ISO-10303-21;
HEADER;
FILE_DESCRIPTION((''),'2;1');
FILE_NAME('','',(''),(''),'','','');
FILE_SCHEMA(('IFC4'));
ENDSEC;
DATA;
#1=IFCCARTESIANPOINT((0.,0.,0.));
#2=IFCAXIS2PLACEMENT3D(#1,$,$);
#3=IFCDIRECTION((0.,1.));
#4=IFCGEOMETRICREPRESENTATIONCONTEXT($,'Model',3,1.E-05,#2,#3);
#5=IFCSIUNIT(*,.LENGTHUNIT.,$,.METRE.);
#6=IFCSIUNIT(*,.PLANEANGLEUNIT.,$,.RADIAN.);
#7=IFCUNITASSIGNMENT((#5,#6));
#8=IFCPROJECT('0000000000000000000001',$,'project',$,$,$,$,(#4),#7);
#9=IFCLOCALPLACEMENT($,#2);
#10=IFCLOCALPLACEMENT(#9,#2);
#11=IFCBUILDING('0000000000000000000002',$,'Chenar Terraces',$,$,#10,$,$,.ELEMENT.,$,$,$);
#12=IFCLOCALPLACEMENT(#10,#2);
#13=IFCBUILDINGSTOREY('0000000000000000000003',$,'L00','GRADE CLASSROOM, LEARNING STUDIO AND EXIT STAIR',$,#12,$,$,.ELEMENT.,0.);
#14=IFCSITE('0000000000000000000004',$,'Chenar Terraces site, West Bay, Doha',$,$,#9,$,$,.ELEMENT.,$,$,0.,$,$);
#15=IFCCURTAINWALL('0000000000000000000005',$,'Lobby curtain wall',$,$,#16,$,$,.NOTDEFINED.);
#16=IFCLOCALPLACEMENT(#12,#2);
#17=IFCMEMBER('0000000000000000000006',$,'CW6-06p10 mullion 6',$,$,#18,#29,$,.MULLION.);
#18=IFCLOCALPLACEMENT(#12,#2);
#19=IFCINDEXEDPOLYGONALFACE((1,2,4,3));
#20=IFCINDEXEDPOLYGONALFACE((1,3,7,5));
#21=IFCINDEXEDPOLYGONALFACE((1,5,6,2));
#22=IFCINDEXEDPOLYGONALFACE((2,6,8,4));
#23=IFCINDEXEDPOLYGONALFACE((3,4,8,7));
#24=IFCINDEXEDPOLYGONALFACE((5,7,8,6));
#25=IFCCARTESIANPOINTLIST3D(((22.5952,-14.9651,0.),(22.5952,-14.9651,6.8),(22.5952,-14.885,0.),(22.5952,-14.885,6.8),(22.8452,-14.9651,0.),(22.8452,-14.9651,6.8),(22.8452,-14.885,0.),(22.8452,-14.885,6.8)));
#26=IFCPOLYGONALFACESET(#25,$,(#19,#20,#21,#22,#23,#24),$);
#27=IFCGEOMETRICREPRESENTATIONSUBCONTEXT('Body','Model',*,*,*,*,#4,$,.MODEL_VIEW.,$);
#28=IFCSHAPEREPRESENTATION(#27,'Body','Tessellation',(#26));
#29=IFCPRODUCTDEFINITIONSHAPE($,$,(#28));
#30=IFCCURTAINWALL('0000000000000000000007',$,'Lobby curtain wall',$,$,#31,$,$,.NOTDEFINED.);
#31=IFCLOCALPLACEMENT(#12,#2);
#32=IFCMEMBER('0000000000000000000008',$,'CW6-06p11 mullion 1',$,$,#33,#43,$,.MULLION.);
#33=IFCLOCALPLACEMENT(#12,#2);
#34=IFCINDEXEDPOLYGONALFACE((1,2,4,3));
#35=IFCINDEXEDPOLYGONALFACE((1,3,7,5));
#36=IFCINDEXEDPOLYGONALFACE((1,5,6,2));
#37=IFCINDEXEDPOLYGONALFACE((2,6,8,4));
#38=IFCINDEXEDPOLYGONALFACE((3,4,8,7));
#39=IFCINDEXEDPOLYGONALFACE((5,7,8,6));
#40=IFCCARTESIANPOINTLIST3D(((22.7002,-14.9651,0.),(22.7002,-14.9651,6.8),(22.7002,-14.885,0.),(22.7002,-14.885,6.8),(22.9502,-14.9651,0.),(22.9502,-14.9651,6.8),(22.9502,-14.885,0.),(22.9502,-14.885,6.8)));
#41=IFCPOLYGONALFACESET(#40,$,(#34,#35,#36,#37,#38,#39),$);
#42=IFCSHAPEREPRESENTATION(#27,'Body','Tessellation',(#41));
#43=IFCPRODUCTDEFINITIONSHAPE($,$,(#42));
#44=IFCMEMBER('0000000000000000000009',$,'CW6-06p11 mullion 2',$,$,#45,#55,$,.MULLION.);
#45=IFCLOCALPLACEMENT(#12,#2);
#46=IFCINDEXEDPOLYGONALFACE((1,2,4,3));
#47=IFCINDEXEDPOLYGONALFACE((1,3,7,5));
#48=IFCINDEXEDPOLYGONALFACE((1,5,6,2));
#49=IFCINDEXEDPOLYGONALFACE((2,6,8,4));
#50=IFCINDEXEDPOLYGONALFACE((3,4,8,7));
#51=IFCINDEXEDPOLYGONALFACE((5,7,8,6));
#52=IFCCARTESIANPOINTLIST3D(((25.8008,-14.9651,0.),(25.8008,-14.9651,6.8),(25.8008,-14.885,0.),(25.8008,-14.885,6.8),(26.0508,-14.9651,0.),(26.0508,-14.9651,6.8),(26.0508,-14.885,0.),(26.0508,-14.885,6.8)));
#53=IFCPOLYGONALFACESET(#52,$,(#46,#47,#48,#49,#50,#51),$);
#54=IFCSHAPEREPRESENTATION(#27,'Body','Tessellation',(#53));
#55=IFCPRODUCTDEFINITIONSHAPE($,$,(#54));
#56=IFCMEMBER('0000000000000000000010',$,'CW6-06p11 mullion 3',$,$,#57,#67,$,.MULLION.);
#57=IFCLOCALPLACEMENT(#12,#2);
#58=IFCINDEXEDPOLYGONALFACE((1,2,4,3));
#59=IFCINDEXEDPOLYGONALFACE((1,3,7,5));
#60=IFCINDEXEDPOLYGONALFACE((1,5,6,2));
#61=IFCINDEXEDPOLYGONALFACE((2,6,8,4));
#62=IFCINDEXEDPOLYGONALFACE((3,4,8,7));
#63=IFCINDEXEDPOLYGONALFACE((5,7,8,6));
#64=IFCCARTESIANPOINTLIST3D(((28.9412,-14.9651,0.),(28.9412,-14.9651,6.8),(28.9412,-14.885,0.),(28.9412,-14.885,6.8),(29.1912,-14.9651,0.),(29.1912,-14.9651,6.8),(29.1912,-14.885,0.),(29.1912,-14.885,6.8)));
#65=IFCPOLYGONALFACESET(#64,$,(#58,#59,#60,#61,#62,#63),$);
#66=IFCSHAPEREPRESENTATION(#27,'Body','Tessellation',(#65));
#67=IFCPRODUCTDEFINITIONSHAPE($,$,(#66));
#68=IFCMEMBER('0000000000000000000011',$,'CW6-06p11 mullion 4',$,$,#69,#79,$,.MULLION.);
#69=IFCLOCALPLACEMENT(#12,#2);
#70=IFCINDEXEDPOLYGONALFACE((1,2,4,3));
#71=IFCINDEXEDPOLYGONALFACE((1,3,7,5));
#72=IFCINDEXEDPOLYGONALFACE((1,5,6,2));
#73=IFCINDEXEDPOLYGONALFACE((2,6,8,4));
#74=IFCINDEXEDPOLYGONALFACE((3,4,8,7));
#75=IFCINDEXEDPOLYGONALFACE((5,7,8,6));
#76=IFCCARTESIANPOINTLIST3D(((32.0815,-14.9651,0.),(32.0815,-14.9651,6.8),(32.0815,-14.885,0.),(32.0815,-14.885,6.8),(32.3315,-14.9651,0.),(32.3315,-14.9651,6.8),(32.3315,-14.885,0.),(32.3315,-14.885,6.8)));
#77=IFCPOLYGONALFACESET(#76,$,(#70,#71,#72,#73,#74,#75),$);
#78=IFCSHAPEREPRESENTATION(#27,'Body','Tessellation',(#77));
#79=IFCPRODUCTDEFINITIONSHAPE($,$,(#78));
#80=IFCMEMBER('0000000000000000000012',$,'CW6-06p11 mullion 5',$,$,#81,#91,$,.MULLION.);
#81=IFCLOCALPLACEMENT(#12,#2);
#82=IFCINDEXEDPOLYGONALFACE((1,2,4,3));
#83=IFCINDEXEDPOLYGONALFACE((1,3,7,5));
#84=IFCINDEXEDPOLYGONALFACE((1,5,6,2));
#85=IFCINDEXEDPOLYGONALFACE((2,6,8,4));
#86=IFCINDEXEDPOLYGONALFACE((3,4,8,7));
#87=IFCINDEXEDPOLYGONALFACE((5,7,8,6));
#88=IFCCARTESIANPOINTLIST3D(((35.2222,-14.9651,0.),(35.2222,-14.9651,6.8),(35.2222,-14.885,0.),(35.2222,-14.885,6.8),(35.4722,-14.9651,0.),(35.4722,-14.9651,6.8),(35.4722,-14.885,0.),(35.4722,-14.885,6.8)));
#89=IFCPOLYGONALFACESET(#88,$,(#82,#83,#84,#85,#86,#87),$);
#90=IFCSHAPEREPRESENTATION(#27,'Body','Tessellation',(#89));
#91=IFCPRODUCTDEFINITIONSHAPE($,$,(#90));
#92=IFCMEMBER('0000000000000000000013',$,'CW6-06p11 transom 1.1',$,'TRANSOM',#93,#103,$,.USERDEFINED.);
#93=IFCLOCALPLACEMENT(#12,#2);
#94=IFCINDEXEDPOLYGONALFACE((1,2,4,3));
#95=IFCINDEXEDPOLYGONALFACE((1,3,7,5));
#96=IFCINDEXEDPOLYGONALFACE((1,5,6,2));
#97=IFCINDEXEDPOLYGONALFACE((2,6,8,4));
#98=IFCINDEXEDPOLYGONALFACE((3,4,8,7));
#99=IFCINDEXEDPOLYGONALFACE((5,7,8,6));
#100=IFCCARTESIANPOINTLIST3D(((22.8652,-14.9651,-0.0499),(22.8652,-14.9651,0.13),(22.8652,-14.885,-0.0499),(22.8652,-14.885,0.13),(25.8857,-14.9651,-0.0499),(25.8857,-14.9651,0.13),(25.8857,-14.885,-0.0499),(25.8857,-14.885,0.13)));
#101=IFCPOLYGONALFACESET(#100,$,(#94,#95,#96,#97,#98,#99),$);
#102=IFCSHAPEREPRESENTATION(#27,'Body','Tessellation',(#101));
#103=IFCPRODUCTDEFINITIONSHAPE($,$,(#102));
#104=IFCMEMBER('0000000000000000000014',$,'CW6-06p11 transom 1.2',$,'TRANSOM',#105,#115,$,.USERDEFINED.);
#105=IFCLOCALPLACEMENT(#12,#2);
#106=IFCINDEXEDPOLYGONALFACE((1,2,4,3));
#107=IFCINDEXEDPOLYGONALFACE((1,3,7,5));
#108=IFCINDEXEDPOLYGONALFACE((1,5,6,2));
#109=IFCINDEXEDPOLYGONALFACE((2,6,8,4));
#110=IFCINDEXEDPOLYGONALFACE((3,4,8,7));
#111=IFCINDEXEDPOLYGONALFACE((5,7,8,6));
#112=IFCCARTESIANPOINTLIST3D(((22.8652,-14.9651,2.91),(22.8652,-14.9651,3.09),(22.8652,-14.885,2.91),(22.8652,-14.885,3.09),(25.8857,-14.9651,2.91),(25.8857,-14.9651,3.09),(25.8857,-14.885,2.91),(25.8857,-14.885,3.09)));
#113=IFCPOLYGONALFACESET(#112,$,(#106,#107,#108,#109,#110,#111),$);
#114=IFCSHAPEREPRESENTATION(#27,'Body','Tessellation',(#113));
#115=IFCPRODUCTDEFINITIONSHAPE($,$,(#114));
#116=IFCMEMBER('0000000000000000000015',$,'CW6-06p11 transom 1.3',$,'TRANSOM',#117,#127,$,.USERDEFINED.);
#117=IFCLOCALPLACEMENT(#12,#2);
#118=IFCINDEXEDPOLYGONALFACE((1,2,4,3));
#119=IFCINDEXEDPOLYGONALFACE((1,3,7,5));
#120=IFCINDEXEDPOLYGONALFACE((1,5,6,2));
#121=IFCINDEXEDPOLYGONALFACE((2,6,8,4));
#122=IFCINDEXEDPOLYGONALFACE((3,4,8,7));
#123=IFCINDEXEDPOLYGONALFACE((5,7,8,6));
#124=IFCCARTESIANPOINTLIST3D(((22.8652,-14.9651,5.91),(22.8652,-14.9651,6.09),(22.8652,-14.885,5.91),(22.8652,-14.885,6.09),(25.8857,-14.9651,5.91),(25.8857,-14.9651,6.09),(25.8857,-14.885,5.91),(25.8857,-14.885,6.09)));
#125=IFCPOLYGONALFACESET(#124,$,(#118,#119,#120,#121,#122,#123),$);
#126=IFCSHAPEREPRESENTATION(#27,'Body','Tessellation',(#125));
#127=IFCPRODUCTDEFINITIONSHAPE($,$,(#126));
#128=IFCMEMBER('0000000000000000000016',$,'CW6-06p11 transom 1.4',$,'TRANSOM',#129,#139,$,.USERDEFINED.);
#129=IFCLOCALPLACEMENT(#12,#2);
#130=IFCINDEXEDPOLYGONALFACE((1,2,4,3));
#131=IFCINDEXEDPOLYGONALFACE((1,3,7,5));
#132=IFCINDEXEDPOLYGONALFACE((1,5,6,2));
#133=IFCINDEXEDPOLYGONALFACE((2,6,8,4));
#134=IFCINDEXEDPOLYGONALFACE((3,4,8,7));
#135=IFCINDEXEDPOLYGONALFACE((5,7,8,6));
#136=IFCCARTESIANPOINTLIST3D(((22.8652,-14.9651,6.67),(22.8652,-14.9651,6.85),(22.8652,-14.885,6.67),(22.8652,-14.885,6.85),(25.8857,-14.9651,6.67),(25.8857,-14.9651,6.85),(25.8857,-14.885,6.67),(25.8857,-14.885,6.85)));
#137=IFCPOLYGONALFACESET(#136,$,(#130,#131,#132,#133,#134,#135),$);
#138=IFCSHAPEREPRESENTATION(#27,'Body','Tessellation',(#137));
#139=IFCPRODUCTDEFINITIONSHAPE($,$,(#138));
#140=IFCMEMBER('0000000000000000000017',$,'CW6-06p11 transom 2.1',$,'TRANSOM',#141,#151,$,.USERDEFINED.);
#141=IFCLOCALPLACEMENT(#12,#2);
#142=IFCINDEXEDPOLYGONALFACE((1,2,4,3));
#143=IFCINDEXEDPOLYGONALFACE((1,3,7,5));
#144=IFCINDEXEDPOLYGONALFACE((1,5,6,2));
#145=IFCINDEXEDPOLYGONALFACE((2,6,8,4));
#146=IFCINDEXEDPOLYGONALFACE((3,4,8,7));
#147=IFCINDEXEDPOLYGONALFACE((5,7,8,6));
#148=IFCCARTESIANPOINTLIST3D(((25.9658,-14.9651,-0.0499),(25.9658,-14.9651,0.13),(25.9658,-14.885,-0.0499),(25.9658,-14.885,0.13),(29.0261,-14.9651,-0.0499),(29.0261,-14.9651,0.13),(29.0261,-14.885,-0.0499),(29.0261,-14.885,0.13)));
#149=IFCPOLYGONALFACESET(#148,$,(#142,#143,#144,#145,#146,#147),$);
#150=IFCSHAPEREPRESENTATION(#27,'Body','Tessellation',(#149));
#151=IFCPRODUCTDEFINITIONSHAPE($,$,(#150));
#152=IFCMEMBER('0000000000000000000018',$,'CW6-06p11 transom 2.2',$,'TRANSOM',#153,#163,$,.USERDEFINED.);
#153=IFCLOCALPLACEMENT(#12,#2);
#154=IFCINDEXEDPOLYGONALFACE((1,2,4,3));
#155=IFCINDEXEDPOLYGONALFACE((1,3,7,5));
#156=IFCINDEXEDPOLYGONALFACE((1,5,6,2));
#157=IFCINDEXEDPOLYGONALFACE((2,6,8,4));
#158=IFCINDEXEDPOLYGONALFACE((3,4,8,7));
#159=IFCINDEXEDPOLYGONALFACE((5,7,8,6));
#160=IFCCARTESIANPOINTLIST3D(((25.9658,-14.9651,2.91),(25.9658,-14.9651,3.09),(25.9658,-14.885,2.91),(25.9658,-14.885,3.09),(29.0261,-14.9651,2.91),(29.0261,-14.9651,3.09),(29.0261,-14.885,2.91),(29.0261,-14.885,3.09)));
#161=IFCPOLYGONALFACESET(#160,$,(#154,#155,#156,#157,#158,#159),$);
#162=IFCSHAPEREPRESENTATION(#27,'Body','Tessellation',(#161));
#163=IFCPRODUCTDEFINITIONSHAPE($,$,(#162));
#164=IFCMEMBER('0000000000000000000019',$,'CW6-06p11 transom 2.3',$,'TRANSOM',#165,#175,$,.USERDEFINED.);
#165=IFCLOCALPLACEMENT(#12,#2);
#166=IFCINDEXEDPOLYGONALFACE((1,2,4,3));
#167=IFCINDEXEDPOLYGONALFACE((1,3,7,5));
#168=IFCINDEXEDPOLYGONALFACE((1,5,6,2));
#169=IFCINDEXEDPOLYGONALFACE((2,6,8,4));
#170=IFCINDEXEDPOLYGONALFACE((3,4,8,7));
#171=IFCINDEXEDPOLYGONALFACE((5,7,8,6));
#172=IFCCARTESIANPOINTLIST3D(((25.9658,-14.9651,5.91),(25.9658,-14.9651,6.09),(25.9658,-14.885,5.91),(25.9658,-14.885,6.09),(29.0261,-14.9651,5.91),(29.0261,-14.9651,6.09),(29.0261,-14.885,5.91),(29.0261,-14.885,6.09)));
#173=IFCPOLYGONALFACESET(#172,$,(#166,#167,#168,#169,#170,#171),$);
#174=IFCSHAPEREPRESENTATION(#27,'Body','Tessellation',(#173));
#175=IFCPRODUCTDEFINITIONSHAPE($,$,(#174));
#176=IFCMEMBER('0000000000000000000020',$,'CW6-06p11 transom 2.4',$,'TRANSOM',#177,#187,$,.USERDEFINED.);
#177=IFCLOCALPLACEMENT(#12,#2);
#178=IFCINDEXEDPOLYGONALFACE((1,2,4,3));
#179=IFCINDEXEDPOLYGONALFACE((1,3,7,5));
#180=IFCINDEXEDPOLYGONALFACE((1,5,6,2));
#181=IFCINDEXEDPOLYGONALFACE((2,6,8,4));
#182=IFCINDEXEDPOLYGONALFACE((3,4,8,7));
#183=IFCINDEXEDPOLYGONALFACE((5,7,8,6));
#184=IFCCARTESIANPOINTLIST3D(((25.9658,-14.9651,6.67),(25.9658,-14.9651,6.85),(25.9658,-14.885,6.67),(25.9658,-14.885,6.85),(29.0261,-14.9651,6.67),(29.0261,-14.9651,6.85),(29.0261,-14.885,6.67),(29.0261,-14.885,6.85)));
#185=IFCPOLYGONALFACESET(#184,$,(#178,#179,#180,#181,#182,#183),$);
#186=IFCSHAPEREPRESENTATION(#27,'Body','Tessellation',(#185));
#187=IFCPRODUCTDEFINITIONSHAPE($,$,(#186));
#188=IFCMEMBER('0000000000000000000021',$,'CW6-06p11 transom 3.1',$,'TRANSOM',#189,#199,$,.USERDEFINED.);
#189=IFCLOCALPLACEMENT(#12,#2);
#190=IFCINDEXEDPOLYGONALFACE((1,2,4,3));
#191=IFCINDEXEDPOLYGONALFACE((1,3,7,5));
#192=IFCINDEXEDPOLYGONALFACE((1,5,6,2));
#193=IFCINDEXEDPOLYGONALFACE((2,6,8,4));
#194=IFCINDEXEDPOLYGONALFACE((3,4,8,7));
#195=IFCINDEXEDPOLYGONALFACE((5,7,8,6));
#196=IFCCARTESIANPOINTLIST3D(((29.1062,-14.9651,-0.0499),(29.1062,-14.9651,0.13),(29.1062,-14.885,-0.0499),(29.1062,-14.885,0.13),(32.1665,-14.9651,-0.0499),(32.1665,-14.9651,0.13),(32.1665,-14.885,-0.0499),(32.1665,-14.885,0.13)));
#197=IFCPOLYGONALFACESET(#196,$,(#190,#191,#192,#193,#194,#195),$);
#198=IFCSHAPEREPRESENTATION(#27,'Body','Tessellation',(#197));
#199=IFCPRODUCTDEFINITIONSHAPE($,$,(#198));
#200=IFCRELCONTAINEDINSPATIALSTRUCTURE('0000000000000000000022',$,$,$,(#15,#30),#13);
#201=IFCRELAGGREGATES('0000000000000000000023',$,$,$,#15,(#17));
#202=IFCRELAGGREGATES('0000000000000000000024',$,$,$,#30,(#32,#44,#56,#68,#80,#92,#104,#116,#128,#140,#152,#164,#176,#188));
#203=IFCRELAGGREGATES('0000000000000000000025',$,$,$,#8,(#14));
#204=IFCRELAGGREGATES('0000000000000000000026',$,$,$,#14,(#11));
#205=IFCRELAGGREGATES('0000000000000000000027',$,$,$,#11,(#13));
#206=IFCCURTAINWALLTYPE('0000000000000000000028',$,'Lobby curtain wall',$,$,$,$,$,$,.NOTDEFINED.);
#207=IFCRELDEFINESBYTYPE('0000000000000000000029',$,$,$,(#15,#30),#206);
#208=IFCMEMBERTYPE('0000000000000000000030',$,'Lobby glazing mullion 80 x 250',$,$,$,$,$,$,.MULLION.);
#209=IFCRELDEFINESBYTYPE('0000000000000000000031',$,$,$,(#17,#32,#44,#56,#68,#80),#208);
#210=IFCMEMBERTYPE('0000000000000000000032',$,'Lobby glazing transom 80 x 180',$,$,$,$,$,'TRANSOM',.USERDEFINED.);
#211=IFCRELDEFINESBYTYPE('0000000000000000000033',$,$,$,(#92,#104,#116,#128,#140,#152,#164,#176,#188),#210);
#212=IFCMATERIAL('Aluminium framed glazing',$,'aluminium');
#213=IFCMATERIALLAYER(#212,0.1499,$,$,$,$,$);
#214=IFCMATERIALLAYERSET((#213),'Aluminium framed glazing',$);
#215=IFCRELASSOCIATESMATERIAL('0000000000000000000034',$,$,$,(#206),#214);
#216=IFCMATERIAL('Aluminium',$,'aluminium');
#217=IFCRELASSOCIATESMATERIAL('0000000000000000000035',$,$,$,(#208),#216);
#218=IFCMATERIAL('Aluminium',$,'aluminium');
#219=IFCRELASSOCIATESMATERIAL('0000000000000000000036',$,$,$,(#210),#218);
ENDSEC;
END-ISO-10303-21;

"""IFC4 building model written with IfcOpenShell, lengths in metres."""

from ifc_helpers import new_model, si_unit, direction, frame, origin, origin_2d, place, context, subcontext, project, spatial, rectangle, extrude, material, layer, layer_set, material_profile, profile_set, type_object, element, aggregate, save


model = new_model("IFC4")

# Units and contexts
model_context = context("Model", 3, precision=1e-05, world=origin(), true_north=direction((0.0, 1.0)))
body_context = subcontext(model_context, "Body", "Model", "MODEL_VIEW")
ifc_project = project(units=[si_unit("LENGTHUNIT", "METRE"), si_unit("PLANEANGLEUNIT", "RADIAN")], contexts=[model_context])

# Site, building, storey
site_placement = place(None, origin())
site = spatial("IfcSite", under=ifc_project, at=site_placement, Name="Chenar Terraces site, West Bay, Doha", CompositionType="ELEMENT", RefElevation=0.0)
building_placement = place(site_placement, origin())
building = spatial("IfcBuilding", under=site, at=building_placement, Name="Chenar Terraces", CompositionType="ELEMENT")
storey_placement = place(building_placement, origin())
storey = spatial("IfcBuildingStorey", under=building, at=storey_placement, Name="L00", Description="GRADE CLASSROOM, LEARNING STUDIO AND EXIT STAIR", CompositionType="ELEMENT", Elevation=0.0)

# Curtain wall, member
ifc_material_1 = material(Name="Aluminium framed glazing", Category="aluminium")
ifc_layer_1 = layer(ifc_material_1, 0.1499)
ifc_layer_set_1 = layer_set([ifc_layer_1], Name="Aluminium framed glazing")
curtain_wall_type = type_object("IfcCurtainWallType", Name="Lobby curtain wall", PredefinedType="NOTDEFINED", material=ifc_layer_set_1)
placement = place(storey_placement, origin())
curtain_wall_1 = element("IfcCurtainWall", 1, at=placement, inside=storey, type_object=curtain_wall_type, Name="Lobby curtain wall", PredefinedType="NOTDEFINED")
ifc_material_2 = material(Name="Aluminium", Category="aluminium")
ifc_material_profile_1 = material_profile(ifc_material_2, rectangle(XDim=0.0801, YDim=0.25, at=origin_2d()), Name="Lobby glazing mullion 80 x 250")
ifc_profile_set_1 = profile_set([ifc_material_profile_1], Name="Aluminium")
member_type_1 = type_object("IfcMemberType", Name="Lobby glazing mullion 80 x 250", PredefinedType="MULLION", material=ifc_profile_set_1)
member_1_placement = place(storey_placement, frame((22.7202, -14.925, 0.0), z_axis=(0.0, 0.0, 1.0), x_axis=(0.0, 1.0, 0.0)))
member_1 = element("IfcMember", 2, at=member_1_placement, type_object=member_type_1, Name="CW6-06p10 mullion 6", PredefinedType="MULLION", context=body_context, shape_type="SweptSolid", body=[
    extrude(rectangle(XDim=0.0801, YDim=0.25, at=origin_2d()), origin(), (0.0, 0.0, 1.0), 6.8),
])

# Curtain wall, members
curtain_wall_2 = element("IfcCurtainWall", 3, at=placement, inside=storey, type_object=curtain_wall_type, Name="Lobby curtain wall", PredefinedType="NOTDEFINED")
member_2_placement = place(storey_placement, frame((22.8252, -14.925, 0.0), z_axis=(0.0, 0.0, 1.0), x_axis=(0.0, 1.0, 0.0)))
member_2 = element("IfcMember", 4, at=member_2_placement, type_object=member_type_1, Name="CW6-06p11 mullion 1", PredefinedType="MULLION", context=body_context, shape_type="SweptSolid", body=[
    extrude(rectangle(XDim=0.0801, YDim=0.25, at=origin_2d()), origin(), (0.0, 0.0, 1.0), 6.8),
])
member_3_placement = place(storey_placement, frame((25.9258, -14.925, 0.0), z_axis=(0.0, 0.0, 1.0), x_axis=(0.0, 1.0, 0.0)))
member_3 = element("IfcMember", 5, at=member_3_placement, type_object=member_type_1, Name="CW6-06p11 mullion 2", PredefinedType="MULLION", context=body_context, shape_type="SweptSolid", body=[
    extrude(rectangle(XDim=0.0801, YDim=0.25, at=origin_2d()), origin(), (0.0, 0.0, 1.0), 6.8),
])
member_4_placement = place(storey_placement, frame((29.0662, -14.925, 0.0), z_axis=(0.0, 0.0, 1.0), x_axis=(0.0, 1.0, 0.0)))
member_4 = element("IfcMember", 6, at=member_4_placement, type_object=member_type_1, Name="CW6-06p11 mullion 3", PredefinedType="MULLION", context=body_context, shape_type="SweptSolid", body=[
    extrude(rectangle(XDim=0.0801, YDim=0.25, at=origin_2d()), origin(), (0.0, 0.0, 1.0), 6.8),
])
member_5_placement = place(storey_placement, frame((32.2065, -14.925, 0.0), z_axis=(0.0, 0.0, 1.0), x_axis=(0.0, 1.0, 0.0)))
member_5 = element("IfcMember", 7, at=member_5_placement, type_object=member_type_1, Name="CW6-06p11 mullion 4", PredefinedType="MULLION", context=body_context, shape_type="SweptSolid", body=[
    extrude(rectangle(XDim=0.0801, YDim=0.25, at=origin_2d()), origin(), (0.0, 0.0, 1.0), 6.8),
])
member_6_placement = place(storey_placement, frame((35.3472, -14.925, 0.0), z_axis=(0.0, 0.0, 1.0), x_axis=(0.0, 1.0, 0.0)))
member_6 = element("IfcMember", 8, at=member_6_placement, type_object=member_type_1, Name="CW6-06p11 mullion 5", PredefinedType="MULLION", context=body_context, shape_type="SweptSolid", body=[
    extrude(rectangle(XDim=0.0801, YDim=0.25, at=origin_2d()), origin(), (0.0, 0.0, 1.0), 6.8),
])
ifc_material_3 = material(Name="Aluminium", Category="aluminium")
ifc_material_profile_2 = material_profile(ifc_material_3, rectangle(XDim=0.0801, YDim=0.1799, at=origin_2d()), Name="Lobby glazing transom 80 x 180")
ifc_profile_set_2 = profile_set([ifc_material_profile_2], Name="Aluminium")
member_type_2 = type_object("IfcMemberType", Name="Lobby glazing transom 80 x 180", ElementType="TRANSOM", PredefinedType="USERDEFINED", material=ifc_profile_set_2)
member_7_placement = place(storey_placement, frame((22.8652, -14.925, 0.04), z_axis=(1.0, 0.0, 0.0), x_axis=(0.0, 1.0, 0.0)))
member_7 = element("IfcMember", 9, at=member_7_placement, type_object=member_type_2, Name="CW6-06p11 transom 1.1", ObjectType="TRANSOM", PredefinedType="USERDEFINED", context=body_context, shape_type="SweptSolid", body=[
    extrude(rectangle(XDim=0.0801, YDim=0.1799, at=origin_2d()), origin(), (0.0, 0.0, 1.0), 3.0205),
])
member_8_placement = place(storey_placement, frame((22.8652, -14.925, 3.0), z_axis=(1.0, 0.0, 0.0), x_axis=(0.0, 1.0, 0.0)))
member_8 = element("IfcMember", 10, at=member_8_placement, type_object=member_type_2, Name="CW6-06p11 transom 1.2", ObjectType="TRANSOM", PredefinedType="USERDEFINED", context=body_context, shape_type="SweptSolid", body=[
    extrude(rectangle(XDim=0.0801, YDim=0.1799, at=origin_2d()), origin(), (0.0, 0.0, 1.0), 3.0205),
])
member_9_placement = place(storey_placement, frame((22.8652, -14.925, 6.0), z_axis=(1.0, 0.0, 0.0), x_axis=(0.0, 1.0, 0.0)))
member_9 = element("IfcMember", 11, at=member_9_placement, type_object=member_type_2, Name="CW6-06p11 transom 1.3", ObjectType="TRANSOM", PredefinedType="USERDEFINED", context=body_context, shape_type="SweptSolid", body=[
    extrude(rectangle(XDim=0.0801, YDim=0.1799, at=origin_2d()), origin(), (0.0, 0.0, 1.0), 3.0205),
])
member_10_placement = place(storey_placement, frame((22.8652, -14.925, 6.76), z_axis=(1.0, 0.0, 0.0), x_axis=(0.0, 1.0, 0.0)))
member_10 = element("IfcMember", 12, at=member_10_placement, type_object=member_type_2, Name="CW6-06p11 transom 1.4", ObjectType="TRANSOM", PredefinedType="USERDEFINED", context=body_context, shape_type="SweptSolid", body=[
    extrude(rectangle(XDim=0.0801, YDim=0.1799, at=origin_2d()), origin(), (0.0, 0.0, 1.0), 3.0205),
])
member_11_placement = place(storey_placement, frame((25.9658, -14.925, 0.04), z_axis=(1.0, 0.0, 0.0), x_axis=(0.0, 1.0, 0.0)))
member_11 = element("IfcMember", 13, at=member_11_placement, type_object=member_type_2, Name="CW6-06p11 transom 2.1", ObjectType="TRANSOM", PredefinedType="USERDEFINED", context=body_context, shape_type="SweptSolid", body=[
    extrude(rectangle(XDim=0.0801, YDim=0.1799, at=origin_2d()), origin(), (0.0, 0.0, 1.0), 3.0603),
])
member_12_placement = place(storey_placement, frame((25.9658, -14.925, 3.0), z_axis=(1.0, 0.0, 0.0), x_axis=(0.0, 1.0, 0.0)))
member_12 = element("IfcMember", 14, at=member_12_placement, type_object=member_type_2, Name="CW6-06p11 transom 2.2", ObjectType="TRANSOM", PredefinedType="USERDEFINED", context=body_context, shape_type="SweptSolid", body=[
    extrude(rectangle(XDim=0.0801, YDim=0.1799, at=origin_2d()), origin(), (0.0, 0.0, 1.0), 3.0603),
])
member_13_placement = place(storey_placement, frame((25.9658, -14.925, 6.0), z_axis=(1.0, 0.0, 0.0), x_axis=(0.0, 1.0, 0.0)))
member_13 = element("IfcMember", 15, at=member_13_placement, type_object=member_type_2, Name="CW6-06p11 transom 2.3", ObjectType="TRANSOM", PredefinedType="USERDEFINED", context=body_context, shape_type="SweptSolid", body=[
    extrude(rectangle(XDim=0.0801, YDim=0.1799, at=origin_2d()), origin(), (0.0, 0.0, 1.0), 3.0603),
])
member_14_placement = place(storey_placement, frame((25.9658, -14.925, 6.76), z_axis=(1.0, 0.0, 0.0), x_axis=(0.0, 1.0, 0.0)))
member_14 = element("IfcMember", 16, at=member_14_placement, type_object=member_type_2, Name="CW6-06p11 transom 2.4", ObjectType="TRANSOM", PredefinedType="USERDEFINED", context=body_context, shape_type="SweptSolid", body=[
    extrude(rectangle(XDim=0.0801, YDim=0.1799, at=origin_2d()), origin(), (0.0, 0.0, 1.0), 3.0603),
])
member_15_placement = place(storey_placement, frame((29.1062, -14.925, 0.04), z_axis=(1.0, 0.0, 0.0), x_axis=(0.0, 1.0, 0.0)))
member_15 = element("IfcMember", 17, at=member_15_placement, type_object=member_type_2, Name="CW6-06p11 transom 3.1", ObjectType="TRANSOM", PredefinedType="USERDEFINED", context=body_context, shape_type="SweptSolid", body=[
    extrude(rectangle(XDim=0.0801, YDim=0.1799, at=origin_2d()), origin(), (0.0, 0.0, 1.0), 3.0603),
])

aggregate(curtain_wall_1, [member_1])
aggregate(curtain_wall_2, [member_2, member_3, member_4, member_5, member_6, member_7, member_8, member_9, member_10, member_11, member_12, member_13, member_14, member_15])

save(model, "model.ifc")
